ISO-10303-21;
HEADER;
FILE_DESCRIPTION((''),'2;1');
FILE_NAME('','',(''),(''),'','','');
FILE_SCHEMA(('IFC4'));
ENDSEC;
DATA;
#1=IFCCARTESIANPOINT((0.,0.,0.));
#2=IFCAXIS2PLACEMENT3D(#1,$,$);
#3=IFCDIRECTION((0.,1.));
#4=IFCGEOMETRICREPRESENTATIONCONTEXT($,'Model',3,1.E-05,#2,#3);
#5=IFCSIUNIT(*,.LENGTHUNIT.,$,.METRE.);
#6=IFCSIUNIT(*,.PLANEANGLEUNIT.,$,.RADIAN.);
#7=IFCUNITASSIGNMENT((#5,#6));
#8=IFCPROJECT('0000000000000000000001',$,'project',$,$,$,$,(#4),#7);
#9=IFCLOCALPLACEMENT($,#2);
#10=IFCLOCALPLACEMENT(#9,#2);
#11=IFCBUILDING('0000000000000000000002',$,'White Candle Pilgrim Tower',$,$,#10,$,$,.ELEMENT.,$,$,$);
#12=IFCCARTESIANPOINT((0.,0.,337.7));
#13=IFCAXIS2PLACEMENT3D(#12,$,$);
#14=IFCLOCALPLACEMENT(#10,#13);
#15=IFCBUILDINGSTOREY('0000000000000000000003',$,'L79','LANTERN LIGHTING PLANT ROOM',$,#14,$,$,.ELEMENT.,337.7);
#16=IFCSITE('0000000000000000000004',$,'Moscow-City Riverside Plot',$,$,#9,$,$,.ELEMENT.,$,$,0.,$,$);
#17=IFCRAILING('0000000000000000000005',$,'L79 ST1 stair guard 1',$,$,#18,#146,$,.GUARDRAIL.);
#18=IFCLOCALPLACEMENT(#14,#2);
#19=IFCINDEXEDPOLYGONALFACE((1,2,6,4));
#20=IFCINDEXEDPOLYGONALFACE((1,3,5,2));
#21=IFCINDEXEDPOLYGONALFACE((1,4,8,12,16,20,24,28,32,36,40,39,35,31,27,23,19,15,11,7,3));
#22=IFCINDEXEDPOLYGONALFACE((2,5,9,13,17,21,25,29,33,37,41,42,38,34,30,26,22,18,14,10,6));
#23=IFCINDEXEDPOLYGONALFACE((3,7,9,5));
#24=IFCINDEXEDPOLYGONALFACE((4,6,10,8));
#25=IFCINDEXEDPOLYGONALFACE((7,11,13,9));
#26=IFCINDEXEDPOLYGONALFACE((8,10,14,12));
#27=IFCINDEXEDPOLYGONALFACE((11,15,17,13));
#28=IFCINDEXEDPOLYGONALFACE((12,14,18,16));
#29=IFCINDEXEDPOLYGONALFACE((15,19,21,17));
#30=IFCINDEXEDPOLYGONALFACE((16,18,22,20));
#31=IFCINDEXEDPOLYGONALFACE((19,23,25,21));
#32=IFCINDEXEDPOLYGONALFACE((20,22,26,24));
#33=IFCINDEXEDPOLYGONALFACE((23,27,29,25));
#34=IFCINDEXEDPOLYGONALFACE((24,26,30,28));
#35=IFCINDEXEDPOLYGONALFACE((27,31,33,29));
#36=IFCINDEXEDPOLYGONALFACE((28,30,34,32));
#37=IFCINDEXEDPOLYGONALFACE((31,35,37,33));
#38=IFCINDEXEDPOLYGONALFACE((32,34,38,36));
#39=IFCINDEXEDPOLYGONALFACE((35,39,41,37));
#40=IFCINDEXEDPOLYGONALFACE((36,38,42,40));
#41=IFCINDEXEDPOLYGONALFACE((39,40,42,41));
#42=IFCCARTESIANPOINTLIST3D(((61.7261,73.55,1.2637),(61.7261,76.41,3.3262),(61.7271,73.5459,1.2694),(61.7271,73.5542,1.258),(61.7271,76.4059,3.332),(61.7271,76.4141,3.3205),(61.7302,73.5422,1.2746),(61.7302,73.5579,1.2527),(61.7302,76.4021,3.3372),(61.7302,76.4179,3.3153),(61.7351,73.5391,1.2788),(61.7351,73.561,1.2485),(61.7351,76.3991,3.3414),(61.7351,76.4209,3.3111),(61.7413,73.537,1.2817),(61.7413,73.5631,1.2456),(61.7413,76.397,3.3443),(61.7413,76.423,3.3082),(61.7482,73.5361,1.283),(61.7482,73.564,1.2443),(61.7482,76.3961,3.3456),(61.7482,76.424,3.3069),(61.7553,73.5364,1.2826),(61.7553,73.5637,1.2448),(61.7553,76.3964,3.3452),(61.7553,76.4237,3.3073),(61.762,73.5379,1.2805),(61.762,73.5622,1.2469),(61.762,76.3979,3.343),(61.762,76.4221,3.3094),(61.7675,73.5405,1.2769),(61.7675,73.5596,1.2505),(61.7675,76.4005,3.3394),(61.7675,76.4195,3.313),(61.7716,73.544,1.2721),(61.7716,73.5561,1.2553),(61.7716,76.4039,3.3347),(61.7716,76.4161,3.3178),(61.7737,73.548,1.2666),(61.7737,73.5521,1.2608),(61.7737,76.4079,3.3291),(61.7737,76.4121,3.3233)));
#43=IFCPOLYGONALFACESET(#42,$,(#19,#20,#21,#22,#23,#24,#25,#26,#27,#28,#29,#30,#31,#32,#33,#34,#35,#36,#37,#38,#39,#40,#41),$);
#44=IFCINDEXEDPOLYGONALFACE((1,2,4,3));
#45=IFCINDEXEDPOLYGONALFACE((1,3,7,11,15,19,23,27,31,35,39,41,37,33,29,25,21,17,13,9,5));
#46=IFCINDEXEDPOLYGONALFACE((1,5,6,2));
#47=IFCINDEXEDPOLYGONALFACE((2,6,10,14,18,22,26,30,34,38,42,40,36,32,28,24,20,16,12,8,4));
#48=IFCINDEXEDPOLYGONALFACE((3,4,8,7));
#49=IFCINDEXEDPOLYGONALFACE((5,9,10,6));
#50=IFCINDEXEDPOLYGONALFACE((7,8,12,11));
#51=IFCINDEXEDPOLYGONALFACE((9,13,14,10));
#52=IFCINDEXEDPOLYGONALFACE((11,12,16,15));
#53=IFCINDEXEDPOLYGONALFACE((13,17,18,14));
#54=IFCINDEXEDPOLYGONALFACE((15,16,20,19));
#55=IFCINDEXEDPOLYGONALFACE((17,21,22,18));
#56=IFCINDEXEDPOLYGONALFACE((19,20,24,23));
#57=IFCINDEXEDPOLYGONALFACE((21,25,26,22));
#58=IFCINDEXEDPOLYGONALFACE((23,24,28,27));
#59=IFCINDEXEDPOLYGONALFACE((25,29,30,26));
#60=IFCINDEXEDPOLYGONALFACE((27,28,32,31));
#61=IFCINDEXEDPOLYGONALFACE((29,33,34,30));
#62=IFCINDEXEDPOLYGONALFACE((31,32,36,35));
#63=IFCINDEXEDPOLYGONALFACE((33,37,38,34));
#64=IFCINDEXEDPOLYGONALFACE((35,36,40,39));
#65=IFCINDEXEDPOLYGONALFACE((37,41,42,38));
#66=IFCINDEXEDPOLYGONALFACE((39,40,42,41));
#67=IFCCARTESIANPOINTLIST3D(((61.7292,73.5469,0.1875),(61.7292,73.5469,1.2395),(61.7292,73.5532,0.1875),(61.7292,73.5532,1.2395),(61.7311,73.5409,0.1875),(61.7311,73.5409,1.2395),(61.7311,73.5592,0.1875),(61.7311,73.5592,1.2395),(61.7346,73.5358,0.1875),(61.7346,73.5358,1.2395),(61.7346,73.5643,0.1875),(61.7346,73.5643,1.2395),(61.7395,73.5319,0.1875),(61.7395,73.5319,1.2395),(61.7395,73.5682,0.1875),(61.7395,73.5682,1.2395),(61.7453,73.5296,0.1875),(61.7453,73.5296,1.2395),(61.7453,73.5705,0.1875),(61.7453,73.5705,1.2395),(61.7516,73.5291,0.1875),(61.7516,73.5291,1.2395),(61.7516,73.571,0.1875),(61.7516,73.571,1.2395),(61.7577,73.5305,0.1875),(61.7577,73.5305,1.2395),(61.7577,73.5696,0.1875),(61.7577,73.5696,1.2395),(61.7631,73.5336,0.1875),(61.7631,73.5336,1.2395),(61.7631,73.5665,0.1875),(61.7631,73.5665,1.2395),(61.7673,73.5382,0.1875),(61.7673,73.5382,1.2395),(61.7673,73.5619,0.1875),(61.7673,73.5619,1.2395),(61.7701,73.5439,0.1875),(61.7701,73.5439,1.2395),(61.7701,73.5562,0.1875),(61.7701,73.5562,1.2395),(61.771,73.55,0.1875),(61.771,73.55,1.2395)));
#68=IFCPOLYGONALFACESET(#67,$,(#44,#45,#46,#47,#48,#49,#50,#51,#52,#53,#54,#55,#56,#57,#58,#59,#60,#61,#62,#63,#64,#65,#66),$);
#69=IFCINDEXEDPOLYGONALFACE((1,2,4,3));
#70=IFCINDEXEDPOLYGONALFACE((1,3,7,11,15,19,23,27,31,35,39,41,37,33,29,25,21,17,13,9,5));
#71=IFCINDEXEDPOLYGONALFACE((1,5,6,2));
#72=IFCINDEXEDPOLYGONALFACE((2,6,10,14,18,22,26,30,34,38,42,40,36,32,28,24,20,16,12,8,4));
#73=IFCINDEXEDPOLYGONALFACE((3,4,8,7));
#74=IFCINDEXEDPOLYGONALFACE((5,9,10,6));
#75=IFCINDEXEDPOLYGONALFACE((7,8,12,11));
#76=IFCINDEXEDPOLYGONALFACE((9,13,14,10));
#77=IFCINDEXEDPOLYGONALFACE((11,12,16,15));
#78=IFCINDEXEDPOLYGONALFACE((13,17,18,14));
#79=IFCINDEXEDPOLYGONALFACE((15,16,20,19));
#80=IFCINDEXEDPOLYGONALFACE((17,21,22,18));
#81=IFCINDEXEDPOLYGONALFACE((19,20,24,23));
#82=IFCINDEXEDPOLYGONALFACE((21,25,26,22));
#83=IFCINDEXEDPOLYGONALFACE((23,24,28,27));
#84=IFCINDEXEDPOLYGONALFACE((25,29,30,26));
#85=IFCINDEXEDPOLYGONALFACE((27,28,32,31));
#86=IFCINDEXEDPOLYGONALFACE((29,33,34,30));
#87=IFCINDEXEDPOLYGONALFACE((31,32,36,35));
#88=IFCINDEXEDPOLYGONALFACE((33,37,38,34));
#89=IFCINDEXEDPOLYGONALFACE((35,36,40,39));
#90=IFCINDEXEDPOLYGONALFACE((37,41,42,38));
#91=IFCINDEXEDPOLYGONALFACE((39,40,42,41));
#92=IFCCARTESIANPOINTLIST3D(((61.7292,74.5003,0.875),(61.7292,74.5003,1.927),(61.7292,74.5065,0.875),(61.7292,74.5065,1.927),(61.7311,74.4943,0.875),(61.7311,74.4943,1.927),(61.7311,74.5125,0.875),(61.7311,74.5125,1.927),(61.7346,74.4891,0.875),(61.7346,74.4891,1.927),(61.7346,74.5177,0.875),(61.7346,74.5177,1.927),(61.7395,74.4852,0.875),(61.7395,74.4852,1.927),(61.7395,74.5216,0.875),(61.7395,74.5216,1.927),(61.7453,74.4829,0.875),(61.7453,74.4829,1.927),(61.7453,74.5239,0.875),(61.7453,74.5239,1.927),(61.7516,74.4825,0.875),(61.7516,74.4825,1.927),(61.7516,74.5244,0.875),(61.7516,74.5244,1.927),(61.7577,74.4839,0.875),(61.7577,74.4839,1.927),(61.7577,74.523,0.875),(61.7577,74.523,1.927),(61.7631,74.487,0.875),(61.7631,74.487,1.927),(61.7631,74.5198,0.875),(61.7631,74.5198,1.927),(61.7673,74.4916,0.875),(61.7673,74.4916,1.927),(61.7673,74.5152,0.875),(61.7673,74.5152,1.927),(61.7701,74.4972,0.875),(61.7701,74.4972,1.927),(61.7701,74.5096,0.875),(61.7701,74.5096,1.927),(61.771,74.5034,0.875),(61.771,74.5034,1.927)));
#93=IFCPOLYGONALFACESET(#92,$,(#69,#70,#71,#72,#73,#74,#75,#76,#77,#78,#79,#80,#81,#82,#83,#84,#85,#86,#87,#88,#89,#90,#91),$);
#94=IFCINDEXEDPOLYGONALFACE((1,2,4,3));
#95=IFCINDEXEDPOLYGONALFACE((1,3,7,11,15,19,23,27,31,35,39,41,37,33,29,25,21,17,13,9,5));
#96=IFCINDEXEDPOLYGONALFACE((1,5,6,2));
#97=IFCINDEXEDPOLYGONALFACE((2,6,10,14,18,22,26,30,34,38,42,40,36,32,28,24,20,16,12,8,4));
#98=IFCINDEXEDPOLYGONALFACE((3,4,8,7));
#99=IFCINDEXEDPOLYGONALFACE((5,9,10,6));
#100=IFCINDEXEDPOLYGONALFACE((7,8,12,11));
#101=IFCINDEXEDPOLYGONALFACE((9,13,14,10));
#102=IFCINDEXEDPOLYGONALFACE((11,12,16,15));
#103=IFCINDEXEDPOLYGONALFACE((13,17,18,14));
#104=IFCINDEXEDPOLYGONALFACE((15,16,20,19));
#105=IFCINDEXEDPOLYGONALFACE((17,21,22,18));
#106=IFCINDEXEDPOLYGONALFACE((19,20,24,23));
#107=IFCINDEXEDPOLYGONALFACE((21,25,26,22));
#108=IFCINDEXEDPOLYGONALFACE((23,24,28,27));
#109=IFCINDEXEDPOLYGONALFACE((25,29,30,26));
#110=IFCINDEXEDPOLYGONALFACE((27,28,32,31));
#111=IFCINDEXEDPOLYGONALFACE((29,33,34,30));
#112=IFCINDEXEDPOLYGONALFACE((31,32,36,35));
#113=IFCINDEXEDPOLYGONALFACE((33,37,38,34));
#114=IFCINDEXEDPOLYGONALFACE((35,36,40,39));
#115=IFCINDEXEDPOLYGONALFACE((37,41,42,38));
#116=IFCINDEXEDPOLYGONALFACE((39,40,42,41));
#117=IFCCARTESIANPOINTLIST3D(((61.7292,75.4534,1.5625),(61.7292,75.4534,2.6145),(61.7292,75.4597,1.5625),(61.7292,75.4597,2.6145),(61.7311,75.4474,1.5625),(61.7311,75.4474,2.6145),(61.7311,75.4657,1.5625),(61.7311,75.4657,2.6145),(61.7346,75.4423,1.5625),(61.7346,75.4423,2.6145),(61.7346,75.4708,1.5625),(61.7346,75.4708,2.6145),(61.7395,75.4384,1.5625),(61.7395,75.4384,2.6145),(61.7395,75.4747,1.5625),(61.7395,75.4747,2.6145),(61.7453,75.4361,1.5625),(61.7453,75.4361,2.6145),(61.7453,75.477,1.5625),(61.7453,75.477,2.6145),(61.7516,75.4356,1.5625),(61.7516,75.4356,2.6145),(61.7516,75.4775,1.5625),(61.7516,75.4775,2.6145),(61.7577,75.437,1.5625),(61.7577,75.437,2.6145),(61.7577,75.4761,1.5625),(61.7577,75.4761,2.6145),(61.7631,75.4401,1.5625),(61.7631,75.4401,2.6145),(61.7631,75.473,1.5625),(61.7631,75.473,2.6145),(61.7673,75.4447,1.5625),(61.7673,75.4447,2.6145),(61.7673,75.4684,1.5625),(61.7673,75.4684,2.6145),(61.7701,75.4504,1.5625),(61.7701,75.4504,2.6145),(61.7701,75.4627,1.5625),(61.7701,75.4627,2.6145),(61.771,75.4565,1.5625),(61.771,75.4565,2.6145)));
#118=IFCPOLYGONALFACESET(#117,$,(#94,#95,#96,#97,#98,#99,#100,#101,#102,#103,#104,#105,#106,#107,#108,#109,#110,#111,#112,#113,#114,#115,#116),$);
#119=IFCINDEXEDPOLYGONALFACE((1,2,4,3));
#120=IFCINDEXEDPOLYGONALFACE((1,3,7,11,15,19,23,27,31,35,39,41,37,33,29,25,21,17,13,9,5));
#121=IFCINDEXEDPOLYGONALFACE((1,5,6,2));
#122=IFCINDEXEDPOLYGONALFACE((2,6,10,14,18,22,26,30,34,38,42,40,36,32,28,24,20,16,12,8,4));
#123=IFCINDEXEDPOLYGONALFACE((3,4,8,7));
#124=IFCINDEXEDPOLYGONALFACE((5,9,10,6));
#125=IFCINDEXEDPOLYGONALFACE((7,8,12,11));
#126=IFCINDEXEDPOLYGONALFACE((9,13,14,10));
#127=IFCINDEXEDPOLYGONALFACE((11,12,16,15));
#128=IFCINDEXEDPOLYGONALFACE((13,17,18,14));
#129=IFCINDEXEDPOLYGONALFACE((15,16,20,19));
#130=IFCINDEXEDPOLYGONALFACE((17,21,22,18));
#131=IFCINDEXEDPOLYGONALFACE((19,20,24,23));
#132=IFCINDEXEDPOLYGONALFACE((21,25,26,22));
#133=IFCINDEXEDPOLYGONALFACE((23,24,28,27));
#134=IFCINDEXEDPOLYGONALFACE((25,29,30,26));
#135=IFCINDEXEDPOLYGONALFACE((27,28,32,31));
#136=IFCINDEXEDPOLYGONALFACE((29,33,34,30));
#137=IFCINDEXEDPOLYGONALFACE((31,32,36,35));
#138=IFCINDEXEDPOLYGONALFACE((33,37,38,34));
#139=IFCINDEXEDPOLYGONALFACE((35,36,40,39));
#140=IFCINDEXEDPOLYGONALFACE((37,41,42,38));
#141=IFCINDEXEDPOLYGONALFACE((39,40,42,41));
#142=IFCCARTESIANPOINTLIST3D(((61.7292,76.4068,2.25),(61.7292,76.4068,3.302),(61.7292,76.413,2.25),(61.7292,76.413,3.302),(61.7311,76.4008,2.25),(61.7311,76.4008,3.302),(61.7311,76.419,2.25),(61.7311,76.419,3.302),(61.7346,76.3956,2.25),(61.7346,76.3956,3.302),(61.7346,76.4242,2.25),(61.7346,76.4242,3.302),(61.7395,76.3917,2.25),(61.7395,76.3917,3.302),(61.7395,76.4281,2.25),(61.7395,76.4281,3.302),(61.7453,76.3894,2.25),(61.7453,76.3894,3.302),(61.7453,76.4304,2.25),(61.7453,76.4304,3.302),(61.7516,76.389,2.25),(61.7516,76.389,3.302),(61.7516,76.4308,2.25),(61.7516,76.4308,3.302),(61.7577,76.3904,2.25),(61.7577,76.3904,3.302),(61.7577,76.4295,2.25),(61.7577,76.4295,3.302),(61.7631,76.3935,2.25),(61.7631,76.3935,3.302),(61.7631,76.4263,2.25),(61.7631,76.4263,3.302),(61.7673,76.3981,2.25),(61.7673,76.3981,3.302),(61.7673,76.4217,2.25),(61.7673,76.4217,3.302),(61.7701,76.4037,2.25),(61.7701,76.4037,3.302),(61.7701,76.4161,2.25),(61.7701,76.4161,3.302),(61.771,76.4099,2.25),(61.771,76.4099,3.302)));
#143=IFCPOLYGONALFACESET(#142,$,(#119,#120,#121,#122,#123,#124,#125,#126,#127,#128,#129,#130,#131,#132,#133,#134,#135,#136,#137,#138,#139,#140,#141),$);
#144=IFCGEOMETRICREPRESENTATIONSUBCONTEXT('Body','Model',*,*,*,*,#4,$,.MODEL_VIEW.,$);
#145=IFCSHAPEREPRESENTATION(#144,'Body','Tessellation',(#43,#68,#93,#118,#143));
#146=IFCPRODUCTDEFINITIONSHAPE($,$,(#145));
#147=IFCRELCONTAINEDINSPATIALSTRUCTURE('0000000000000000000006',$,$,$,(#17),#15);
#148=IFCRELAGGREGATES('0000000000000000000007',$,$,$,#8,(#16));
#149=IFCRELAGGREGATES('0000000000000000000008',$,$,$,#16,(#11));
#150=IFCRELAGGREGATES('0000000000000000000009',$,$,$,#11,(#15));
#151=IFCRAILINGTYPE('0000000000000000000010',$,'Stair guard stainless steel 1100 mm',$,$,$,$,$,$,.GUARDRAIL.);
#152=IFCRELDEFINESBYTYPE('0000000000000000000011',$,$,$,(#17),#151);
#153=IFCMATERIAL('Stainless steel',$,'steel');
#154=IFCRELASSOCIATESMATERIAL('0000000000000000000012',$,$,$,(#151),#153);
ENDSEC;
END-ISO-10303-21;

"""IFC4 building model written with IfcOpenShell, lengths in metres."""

from ifc_helpers import new_model, si_unit, direction, frame, origin, origin_2d, place, context, subcontext, project, spatial, circle, extrude, material, type_object, element, save


model = new_model("IFC4")

# Units and contexts
model_context = context("Model", 3, precision=1e-05, world=origin(), true_north=direction((0.0, 1.0)))
body_context = subcontext(model_context, "Body", "Model", "MODEL_VIEW")
ifc_project = project(units=[si_unit("LENGTHUNIT", "METRE"), si_unit("PLANEANGLEUNIT", "RADIAN")], contexts=[model_context])

# Site, building, storey
site_placement = place(None, origin())
site = spatial("IfcSite", under=ifc_project, at=site_placement, Name="Moscow-City Riverside Plot", CompositionType="ELEMENT", RefElevation=0.0)
building_placement = place(site_placement, origin())
building = spatial("IfcBuilding", under=site, at=building_placement, Name="White Candle Pilgrim Tower", CompositionType="ELEMENT")
storey_placement = place(building_placement, frame((0.0, 0.0, 337.7)))
storey = spatial("IfcBuildingStorey", under=building, at=storey_placement, Name="L79", Description="LANTERN LIGHTING PLANT ROOM", CompositionType="ELEMENT", Elevation=337.7)

# Railing
ifc_material_1 = material(Name="Stainless steel", Category="steel")
railing_type_1 = type_object("IfcRailingType", Name="Stair guard stainless steel 1100 mm", PredefinedType="GUARDRAIL", material=ifc_material_1)
railing_1_placement = place(storey_placement, frame((61.75, 73.55, 0.1875)))
element("IfcRailing", 1, at=railing_1_placement, inside=storey, type_object=railing_type_1, Name="L79 ST1 stair guard 1", PredefinedType="GUARDRAIL", context=body_context, shape_type="SweptSolid", body=[
    extrude(circle(Radius=0.0239, at=origin_2d()), frame((0.0, 0.0, 1.0762), z_axis=(0.0, 0.811077, 0.584939), x_axis=(-1.0, 0.0, 0.0)), (0.0, 0.0, 1.0), 3.5261),
    extrude(circle(Radius=0.021, at=origin_2d()), origin(), (0.0, 0.0, 1.0), 1.052),
    extrude(circle(Radius=0.021, at=origin_2d()), frame((0.0, 0.9534, 0.6875)), (0.0, 0.0, 1.0), 1.052),
    extrude(circle(Radius=0.021, at=origin_2d()), frame((0.0, 1.9065, 1.375)), (0.0, 0.0, 1.0), 1.052),
    extrude(circle(Radius=0.021, at=origin_2d()), frame((0.0, 2.8599, 2.0625)), (0.0, 0.0, 1.0), 1.052),
])

save(model, "model.ifc")
